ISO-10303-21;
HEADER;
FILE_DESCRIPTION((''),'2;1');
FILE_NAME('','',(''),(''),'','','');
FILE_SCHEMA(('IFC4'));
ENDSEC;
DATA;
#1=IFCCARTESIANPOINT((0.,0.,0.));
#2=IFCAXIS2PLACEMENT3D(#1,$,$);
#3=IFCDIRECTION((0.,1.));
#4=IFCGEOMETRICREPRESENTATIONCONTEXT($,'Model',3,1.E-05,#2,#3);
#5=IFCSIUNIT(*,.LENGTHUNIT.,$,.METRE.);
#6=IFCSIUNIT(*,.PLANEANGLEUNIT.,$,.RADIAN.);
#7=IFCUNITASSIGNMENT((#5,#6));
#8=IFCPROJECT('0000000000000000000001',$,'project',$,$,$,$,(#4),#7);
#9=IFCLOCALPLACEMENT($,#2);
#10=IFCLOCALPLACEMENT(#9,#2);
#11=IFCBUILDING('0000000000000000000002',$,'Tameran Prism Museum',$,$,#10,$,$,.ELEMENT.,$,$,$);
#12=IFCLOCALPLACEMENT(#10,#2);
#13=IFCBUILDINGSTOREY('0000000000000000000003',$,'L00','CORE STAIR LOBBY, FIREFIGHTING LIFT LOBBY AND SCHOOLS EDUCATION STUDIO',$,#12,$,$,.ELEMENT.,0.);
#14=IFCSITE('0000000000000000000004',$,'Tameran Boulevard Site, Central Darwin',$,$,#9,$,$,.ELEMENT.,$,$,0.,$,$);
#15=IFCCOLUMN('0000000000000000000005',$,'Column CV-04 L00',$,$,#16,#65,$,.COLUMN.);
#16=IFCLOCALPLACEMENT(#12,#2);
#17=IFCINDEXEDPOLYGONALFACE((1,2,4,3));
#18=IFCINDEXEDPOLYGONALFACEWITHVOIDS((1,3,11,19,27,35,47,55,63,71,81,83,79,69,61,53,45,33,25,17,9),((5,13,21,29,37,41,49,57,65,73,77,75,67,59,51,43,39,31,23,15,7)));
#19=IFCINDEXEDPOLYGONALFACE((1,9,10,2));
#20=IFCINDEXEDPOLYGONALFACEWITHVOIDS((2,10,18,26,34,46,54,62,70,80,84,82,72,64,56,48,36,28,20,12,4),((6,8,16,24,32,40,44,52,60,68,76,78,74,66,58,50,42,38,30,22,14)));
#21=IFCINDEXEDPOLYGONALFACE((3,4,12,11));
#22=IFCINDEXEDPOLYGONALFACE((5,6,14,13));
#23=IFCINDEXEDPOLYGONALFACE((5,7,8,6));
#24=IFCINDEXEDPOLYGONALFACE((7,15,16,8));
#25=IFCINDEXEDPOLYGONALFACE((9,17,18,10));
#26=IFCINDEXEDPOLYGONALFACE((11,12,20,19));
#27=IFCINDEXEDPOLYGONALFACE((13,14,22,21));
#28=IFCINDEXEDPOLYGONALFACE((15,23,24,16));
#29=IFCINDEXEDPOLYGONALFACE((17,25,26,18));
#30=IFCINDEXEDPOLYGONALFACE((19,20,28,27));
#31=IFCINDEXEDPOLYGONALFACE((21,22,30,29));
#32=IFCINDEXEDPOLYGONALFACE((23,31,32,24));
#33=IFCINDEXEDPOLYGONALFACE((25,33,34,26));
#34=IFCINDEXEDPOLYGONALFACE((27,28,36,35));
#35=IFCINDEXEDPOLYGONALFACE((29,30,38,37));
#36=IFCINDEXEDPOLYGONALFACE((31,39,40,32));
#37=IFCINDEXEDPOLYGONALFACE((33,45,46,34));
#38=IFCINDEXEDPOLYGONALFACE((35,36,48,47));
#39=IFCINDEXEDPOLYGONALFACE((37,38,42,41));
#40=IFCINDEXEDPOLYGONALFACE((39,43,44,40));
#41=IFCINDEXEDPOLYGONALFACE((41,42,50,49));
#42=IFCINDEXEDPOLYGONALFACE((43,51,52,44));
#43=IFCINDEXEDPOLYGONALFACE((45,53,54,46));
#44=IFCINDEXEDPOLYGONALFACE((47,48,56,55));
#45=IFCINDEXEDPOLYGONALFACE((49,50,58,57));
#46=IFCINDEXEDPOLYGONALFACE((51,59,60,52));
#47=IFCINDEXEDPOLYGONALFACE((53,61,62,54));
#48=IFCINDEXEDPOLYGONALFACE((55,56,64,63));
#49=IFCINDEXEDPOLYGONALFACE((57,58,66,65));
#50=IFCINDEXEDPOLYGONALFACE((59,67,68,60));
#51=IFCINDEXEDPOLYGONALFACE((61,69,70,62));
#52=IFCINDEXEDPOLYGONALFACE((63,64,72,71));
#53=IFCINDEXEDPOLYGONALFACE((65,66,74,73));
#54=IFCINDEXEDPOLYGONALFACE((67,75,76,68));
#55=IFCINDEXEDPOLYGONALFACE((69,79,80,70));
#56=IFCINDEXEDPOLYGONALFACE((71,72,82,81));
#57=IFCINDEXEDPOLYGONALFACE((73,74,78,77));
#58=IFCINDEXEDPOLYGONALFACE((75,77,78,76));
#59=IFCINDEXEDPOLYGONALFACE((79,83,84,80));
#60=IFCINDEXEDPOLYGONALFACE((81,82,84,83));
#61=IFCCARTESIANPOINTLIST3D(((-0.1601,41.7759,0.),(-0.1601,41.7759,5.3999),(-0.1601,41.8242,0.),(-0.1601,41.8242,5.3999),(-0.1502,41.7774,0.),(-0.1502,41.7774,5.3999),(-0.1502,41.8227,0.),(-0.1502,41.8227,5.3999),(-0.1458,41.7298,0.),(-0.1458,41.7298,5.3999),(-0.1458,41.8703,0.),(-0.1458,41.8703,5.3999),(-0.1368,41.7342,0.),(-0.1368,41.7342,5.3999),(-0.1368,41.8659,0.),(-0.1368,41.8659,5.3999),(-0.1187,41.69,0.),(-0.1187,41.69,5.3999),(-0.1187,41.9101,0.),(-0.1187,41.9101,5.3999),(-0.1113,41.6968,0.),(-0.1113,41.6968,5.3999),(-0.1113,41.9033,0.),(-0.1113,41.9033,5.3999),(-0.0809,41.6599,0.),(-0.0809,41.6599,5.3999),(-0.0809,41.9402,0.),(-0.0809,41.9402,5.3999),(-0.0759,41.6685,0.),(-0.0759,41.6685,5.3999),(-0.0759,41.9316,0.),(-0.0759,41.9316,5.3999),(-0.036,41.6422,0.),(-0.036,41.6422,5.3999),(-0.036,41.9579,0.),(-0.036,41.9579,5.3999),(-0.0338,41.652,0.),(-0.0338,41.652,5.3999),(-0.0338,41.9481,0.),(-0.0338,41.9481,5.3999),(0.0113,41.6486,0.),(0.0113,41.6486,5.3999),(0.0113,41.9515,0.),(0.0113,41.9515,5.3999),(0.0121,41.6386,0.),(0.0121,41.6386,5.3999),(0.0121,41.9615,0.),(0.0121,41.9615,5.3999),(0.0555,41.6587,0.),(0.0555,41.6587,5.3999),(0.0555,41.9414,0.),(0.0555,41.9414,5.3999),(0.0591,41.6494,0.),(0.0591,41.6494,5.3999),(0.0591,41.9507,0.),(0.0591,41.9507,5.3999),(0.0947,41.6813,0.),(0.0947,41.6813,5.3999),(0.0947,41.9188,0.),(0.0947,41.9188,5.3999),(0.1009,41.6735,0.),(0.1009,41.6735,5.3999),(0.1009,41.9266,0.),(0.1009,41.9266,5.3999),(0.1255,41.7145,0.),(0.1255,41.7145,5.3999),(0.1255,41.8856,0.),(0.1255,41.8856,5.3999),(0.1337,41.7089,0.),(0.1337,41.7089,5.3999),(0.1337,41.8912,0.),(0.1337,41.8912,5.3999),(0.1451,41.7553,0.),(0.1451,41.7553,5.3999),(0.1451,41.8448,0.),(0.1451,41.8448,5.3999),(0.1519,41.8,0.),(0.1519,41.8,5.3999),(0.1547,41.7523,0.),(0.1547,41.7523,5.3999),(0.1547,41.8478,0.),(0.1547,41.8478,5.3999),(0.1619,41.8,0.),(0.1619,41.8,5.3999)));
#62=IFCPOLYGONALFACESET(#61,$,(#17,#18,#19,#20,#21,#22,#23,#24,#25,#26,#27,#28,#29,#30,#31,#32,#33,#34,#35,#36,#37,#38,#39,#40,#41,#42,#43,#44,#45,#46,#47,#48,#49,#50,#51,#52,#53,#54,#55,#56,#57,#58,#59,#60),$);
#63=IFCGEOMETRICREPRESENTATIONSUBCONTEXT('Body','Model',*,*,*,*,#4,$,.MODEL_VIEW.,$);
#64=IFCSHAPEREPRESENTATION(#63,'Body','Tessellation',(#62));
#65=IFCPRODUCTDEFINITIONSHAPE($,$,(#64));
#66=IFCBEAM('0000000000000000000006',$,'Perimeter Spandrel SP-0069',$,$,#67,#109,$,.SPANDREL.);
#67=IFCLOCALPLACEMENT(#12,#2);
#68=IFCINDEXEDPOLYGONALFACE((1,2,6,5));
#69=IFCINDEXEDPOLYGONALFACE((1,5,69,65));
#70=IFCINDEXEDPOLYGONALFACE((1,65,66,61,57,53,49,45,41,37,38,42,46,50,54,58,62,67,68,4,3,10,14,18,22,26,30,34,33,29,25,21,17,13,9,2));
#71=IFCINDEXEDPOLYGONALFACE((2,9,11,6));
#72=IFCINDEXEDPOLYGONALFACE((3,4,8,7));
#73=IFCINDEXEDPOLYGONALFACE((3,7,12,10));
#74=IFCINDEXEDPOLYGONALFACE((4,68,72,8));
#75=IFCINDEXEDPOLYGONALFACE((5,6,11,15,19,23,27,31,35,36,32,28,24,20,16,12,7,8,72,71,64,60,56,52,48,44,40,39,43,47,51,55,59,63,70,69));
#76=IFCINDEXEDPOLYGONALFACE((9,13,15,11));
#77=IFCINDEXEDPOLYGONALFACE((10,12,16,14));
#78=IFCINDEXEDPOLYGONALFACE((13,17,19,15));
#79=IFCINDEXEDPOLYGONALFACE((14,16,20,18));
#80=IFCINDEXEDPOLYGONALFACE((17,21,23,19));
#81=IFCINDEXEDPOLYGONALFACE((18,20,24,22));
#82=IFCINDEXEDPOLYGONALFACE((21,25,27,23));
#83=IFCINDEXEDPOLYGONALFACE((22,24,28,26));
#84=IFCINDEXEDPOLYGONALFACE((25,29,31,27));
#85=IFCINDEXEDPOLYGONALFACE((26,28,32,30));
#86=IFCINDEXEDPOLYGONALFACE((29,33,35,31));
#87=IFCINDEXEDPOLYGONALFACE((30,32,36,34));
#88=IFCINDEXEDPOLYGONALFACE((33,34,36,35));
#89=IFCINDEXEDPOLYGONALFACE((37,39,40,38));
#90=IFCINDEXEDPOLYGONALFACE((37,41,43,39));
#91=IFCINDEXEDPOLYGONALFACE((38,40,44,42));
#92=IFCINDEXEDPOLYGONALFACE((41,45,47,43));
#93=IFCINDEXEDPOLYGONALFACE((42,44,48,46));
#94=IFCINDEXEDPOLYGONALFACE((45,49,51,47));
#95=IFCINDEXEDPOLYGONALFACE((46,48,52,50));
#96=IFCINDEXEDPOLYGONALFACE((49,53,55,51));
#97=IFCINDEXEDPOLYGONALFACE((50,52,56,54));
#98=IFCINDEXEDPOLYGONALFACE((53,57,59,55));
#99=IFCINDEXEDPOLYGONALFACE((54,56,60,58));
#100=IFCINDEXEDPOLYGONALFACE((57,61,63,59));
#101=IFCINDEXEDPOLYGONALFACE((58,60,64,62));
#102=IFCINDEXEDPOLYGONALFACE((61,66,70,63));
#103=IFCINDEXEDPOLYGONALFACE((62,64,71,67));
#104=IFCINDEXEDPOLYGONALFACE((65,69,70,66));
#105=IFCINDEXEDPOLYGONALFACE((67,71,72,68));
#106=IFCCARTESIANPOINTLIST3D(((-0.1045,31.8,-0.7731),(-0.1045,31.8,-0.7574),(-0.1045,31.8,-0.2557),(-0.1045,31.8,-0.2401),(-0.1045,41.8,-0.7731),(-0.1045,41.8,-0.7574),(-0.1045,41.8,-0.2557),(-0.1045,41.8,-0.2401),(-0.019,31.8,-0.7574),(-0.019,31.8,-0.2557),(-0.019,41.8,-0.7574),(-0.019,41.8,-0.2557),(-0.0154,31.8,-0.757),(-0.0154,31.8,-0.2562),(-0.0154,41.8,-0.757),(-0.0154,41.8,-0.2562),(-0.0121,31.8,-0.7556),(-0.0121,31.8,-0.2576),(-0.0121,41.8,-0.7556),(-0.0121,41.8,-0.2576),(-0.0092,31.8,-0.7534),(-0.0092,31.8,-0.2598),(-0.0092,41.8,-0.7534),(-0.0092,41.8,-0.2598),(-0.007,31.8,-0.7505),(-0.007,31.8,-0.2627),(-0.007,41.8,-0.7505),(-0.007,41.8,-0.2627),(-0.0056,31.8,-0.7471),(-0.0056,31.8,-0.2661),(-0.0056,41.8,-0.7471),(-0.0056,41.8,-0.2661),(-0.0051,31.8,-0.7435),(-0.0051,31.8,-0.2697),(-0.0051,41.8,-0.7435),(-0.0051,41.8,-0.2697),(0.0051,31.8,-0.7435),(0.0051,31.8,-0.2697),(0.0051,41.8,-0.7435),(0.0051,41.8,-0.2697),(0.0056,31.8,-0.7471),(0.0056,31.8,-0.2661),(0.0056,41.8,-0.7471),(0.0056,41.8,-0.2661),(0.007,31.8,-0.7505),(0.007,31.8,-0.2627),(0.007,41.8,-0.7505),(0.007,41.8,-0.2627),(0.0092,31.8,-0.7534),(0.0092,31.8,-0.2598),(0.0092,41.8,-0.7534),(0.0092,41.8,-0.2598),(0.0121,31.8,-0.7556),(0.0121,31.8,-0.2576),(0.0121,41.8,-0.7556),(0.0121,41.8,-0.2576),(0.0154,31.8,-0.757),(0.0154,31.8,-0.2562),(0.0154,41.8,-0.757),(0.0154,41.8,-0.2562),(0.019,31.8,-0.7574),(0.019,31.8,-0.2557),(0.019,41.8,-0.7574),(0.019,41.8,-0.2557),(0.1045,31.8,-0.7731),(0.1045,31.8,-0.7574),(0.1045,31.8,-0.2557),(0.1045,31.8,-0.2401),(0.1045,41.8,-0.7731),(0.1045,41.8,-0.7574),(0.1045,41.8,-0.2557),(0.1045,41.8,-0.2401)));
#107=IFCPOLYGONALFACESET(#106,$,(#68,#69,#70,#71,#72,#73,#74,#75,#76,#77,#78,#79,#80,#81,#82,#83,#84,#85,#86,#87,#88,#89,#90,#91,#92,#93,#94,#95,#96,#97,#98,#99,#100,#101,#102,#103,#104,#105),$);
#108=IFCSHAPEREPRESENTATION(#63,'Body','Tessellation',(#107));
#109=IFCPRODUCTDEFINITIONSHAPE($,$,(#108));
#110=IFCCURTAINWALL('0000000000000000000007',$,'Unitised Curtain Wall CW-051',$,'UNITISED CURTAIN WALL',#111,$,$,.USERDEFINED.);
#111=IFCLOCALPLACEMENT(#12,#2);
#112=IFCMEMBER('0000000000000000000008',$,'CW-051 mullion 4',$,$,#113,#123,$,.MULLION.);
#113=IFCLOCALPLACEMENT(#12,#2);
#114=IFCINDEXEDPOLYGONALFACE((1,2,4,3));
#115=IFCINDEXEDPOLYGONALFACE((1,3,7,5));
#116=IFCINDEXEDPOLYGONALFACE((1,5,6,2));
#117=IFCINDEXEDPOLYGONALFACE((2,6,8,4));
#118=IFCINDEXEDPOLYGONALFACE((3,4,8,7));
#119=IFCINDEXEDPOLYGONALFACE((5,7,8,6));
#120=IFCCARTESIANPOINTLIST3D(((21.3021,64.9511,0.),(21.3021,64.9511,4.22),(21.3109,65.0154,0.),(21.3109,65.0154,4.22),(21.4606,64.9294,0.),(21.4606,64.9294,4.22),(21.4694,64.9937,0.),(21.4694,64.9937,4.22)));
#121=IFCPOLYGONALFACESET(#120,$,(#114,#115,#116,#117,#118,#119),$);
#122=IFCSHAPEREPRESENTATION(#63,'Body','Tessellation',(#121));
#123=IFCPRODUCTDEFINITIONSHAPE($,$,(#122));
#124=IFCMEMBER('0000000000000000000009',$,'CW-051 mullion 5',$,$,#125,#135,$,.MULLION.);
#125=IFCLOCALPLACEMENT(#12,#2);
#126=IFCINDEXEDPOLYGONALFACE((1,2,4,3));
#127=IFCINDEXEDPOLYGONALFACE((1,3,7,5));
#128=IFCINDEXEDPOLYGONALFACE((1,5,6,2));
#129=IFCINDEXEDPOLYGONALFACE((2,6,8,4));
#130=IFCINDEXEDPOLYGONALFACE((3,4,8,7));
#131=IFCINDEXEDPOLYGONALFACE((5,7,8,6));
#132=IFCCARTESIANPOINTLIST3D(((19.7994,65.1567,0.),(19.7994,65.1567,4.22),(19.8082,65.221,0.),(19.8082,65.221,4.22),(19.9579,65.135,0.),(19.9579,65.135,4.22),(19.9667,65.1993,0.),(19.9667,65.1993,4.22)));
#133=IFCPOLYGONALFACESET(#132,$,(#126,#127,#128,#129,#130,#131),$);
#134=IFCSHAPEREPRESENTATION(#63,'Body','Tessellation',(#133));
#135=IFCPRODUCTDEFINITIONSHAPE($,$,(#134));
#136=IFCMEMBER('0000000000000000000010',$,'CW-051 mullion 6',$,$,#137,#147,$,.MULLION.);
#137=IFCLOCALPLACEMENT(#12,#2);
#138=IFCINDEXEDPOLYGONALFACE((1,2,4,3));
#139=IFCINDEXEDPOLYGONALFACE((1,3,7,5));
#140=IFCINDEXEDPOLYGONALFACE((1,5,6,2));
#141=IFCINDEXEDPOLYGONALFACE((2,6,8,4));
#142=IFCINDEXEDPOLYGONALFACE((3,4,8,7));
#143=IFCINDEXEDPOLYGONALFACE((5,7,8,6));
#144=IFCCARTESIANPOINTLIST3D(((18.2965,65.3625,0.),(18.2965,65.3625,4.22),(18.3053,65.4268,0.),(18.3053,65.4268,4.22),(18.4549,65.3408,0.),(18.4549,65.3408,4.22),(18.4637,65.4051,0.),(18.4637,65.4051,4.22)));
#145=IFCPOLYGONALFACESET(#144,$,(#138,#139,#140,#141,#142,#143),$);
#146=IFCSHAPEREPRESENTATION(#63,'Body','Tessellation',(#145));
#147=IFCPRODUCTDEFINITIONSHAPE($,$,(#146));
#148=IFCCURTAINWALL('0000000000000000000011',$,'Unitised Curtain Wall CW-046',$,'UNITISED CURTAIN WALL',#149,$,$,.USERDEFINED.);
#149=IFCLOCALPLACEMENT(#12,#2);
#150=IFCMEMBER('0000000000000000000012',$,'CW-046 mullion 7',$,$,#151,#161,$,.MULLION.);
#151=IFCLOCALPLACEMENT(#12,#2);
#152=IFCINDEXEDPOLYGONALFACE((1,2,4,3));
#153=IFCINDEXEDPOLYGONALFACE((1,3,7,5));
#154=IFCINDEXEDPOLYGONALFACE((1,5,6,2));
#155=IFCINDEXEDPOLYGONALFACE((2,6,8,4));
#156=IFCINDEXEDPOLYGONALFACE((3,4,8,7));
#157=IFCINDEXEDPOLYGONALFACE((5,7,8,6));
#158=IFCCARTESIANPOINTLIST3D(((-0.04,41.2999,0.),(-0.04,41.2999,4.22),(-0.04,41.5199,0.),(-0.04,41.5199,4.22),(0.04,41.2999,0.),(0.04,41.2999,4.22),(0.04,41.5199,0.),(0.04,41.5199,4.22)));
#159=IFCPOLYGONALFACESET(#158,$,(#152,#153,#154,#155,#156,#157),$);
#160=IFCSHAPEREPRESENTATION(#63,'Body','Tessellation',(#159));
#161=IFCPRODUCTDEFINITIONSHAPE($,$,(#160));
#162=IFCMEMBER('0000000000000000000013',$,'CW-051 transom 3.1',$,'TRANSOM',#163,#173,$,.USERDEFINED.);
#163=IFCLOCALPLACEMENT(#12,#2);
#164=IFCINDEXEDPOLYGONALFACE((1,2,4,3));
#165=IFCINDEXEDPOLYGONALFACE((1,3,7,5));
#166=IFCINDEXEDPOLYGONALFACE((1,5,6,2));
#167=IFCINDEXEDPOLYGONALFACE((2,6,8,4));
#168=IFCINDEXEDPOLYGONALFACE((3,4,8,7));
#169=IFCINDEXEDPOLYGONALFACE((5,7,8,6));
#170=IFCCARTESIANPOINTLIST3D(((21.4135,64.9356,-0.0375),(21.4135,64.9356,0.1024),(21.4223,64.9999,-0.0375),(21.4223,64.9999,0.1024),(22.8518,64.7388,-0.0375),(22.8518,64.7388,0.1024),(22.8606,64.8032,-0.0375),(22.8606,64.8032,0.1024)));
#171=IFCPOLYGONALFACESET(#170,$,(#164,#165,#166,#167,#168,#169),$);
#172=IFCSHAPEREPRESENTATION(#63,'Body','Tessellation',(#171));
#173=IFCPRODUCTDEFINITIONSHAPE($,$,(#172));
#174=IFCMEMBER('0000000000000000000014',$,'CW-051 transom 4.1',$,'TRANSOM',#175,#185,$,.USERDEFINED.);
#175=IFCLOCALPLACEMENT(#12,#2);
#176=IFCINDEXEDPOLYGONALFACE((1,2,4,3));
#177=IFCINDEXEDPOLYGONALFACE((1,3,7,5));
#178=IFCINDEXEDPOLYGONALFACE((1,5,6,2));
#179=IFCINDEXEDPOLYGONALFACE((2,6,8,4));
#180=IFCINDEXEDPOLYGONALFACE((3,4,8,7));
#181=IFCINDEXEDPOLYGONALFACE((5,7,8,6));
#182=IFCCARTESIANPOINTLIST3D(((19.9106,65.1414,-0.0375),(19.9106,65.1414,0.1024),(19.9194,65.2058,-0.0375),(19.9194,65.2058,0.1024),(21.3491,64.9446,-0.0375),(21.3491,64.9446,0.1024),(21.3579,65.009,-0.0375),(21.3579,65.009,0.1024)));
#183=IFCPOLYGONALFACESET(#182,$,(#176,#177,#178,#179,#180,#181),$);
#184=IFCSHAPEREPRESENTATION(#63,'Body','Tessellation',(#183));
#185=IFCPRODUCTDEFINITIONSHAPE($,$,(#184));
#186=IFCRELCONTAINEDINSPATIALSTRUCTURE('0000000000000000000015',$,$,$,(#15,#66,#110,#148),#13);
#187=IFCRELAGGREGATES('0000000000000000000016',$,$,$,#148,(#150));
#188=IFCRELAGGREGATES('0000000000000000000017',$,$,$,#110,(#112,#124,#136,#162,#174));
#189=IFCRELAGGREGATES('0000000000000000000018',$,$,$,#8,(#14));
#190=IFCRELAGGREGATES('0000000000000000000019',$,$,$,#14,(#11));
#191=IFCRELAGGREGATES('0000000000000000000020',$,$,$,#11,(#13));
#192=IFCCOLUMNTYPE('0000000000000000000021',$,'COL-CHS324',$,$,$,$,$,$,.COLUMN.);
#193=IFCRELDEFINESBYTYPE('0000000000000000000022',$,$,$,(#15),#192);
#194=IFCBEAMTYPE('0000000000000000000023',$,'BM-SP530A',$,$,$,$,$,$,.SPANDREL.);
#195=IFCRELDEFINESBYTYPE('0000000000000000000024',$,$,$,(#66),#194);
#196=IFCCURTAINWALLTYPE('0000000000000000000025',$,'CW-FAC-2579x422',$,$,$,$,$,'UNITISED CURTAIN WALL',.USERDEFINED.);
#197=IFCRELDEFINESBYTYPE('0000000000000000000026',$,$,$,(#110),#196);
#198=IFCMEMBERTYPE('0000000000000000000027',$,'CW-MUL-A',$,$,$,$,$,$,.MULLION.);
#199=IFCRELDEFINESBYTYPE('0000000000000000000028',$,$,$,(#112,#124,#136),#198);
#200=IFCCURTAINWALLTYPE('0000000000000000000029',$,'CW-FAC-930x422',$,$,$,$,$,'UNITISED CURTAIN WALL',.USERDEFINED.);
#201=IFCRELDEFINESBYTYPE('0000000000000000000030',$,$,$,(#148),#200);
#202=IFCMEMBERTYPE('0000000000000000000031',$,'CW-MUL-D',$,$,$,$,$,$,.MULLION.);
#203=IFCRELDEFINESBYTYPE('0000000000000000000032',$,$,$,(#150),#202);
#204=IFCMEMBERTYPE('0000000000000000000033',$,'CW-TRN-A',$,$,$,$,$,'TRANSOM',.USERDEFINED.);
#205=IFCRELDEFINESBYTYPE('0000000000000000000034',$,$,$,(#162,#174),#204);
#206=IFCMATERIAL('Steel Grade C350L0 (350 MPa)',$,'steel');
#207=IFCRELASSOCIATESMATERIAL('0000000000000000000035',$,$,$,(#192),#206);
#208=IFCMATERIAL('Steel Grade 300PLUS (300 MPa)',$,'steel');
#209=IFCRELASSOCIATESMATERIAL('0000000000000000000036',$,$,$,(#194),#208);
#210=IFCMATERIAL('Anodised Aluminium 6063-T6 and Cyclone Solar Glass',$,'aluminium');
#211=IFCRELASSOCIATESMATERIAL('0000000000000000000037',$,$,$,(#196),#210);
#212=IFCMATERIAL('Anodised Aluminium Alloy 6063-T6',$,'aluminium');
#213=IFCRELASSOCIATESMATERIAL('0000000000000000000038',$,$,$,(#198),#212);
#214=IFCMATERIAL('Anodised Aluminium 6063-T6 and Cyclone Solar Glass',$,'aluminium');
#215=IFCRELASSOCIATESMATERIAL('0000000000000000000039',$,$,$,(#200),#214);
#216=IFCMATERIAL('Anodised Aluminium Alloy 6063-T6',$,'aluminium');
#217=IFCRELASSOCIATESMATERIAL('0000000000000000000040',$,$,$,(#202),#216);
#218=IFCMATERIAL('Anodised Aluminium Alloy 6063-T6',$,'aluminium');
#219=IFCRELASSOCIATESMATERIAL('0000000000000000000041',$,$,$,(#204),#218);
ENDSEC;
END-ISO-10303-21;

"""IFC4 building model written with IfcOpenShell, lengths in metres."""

from ifc_helpers import new_model, si_unit, direction, frame, origin, origin_2d, place, context, subcontext, project, spatial, rectangle, hollow_circle, i_section, extrude, material, material_profile, profile_set, type_object, element, aggregate, save


model = new_model("IFC4")

# Units and contexts
model_context = context("Model", 3, precision=1e-05, world=origin(), true_north=direction((0.0, 1.0)))
body_context = subcontext(model_context, "Body", "Model", "MODEL_VIEW")
ifc_project = project(units=[si_unit("LENGTHUNIT", "METRE"), si_unit("PLANEANGLEUNIT", "RADIAN")], contexts=[model_context])

# Site, building, storey
site_placement = place(None, origin())
site = spatial("IfcSite", under=ifc_project, at=site_placement, Name="Tameran Boulevard Site, Central Darwin", CompositionType="ELEMENT", RefElevation=0.0)
building_placement = place(site_placement, origin())
building = spatial("IfcBuilding", under=site, at=building_placement, Name="Tameran Prism Museum", CompositionType="ELEMENT")
storey_placement = place(building_placement, origin())
storey = spatial("IfcBuildingStorey", under=building, at=storey_placement, Name="L00", Description="CORE STAIR LOBBY, FIREFIGHTING LIFT LOBBY AND SCHOOLS EDUCATION STUDIO", CompositionType="ELEMENT", Elevation=0.0)

# Column
ifc_material_1 = material(Name="Steel Grade C350L0 (350 MPa)", Category="steel")
ifc_material_profile_1 = material_profile(ifc_material_1, hollow_circle(Radius=0.1619, WallThickness=0.01, at=origin_2d()))
ifc_profile_set_1 = profile_set([ifc_material_profile_1])
column_type = type_object("IfcColumnType", Name="COL-CHS324", PredefinedType="COLUMN", material=ifc_profile_set_1)
column_placement = place(storey_placement, frame((0.0, 41.8, 0.0), z_axis=(0.0, 0.0, 1.0), x_axis=(1.0, 0.0, 0.0)))
element("IfcColumn", 1, at=column_placement, inside=storey, type_object=column_type, Name="Column CV-04 L00", PredefinedType="COLUMN", context=body_context, shape_type="SweptSolid", body=[
    extrude(hollow_circle(Radius=0.1619, WallThickness=0.01, at=origin_2d()), origin(), (0.0, 0.0, 1.0), 5.3999),
])

# Beam
ifc_material_2 = material(Name="Steel Grade 300PLUS (300 MPa)", Category="steel")
ifc_material_profile_2 = material_profile(ifc_material_2, i_section(OverallWidth=0.209, OverallDepth=0.533, WebThickness=0.0103, FlangeThickness=0.0156, FilletRadius=0.0139, at=origin_2d()))
ifc_profile_set_2 = profile_set([ifc_material_profile_2])
beam_type = type_object("IfcBeamType", Name="BM-SP530A", PredefinedType="SPANDREL", material=ifc_profile_set_2)
beam_placement = place(storey_placement, frame((0.0, 41.8, -0.5066), z_axis=(0.0, -1.0, 0.0), x_axis=(1.0, 0.0, 0.0)))
element("IfcBeam", 2, at=beam_placement, inside=storey, type_object=beam_type, Name="Perimeter Spandrel SP-0069", PredefinedType="SPANDREL", context=body_context, shape_type="SweptSolid", body=[
    extrude(i_section(OverallWidth=0.209, OverallDepth=0.533, WebThickness=0.0103, FlangeThickness=0.0156, FilletRadius=0.0139, at=origin_2d()), origin(), (0.0, 0.0, 1.0), 10.0),
])

# Curtain wall, members
ifc_material_3 = material(Name="Anodised Aluminium 6063-T6 and Cyclone Solar Glass", Category="aluminium")
curtain_wall_type_1 = type_object("IfcCurtainWallType", Name="CW-FAC-2579x422", ElementType="UNITISED CURTAIN WALL", PredefinedType="USERDEFINED", material=ifc_material_3)
curtain_wall_1_placement = place(storey_placement, origin())
curtain_wall_1 = element("IfcCurtainWall", 3, at=curtain_wall_1_placement, inside=storey, type_object=curtain_wall_type_1, Name="Unitised Curtain Wall CW-051", ObjectType="UNITISED CURTAIN WALL", PredefinedType="USERDEFINED")
ifc_material_4 = material(Name="Anodised Aluminium Alloy 6063-T6", Category="aluminium")
ifc_material_profile_3 = material_profile(ifc_material_4, rectangle(XDim=0.0649, YDim=0.1599, at=origin_2d()))
ifc_profile_set_3 = profile_set([ifc_material_profile_3])
member_type_1 = type_object("IfcMemberType", Name="CW-MUL-A", PredefinedType="MULLION", material=ifc_profile_set_3)
member_1_placement = place(storey_placement, frame((21.3857, 64.9724, 0.0), z_axis=(0.0, 0.0, 1.0), x_axis=(-0.135658, -0.990756, 0.0)))
member_1 = element("IfcMember", 4, at=member_1_placement, type_object=member_type_1, Name="CW-051 mullion 4", PredefinedType="MULLION", context=body_context, shape_type="SweptSolid", body=[
    extrude(rectangle(XDim=0.0649, YDim=0.1599, at=origin_2d()), origin(), (0.0, 0.0, 1.0), 4.22),
])
member_2_placement = place(storey_placement, frame((19.8831, 65.178, 0.0), z_axis=(0.0, 0.0, 1.0), x_axis=(-0.135658, -0.990756, 0.0)))
member_2 = element("IfcMember", 5, at=member_2_placement, type_object=member_type_1, Name="CW-051 mullion 5", PredefinedType="MULLION", context=body_context, shape_type="SweptSolid", body=[
    extrude(rectangle(XDim=0.0649, YDim=0.1599, at=origin_2d()), origin(), (0.0, 0.0, 1.0), 4.22),
])
member_3_placement = place(storey_placement, frame((18.3801, 65.3838, 0.0), z_axis=(0.0, 0.0, 1.0), x_axis=(-0.135658, -0.990756, 0.0)))
member_3 = element("IfcMember", 6, at=member_3_placement, type_object=member_type_1, Name="CW-051 mullion 6", PredefinedType="MULLION", context=body_context, shape_type="SweptSolid", body=[
    extrude(rectangle(XDim=0.0649, YDim=0.1599, at=origin_2d()), origin(), (0.0, 0.0, 1.0), 4.22),
])

# Curtain wall, member
ifc_material_5 = material(Name="Anodised Aluminium 6063-T6 and Cyclone Solar Glass", Category="aluminium")
curtain_wall_type_2 = type_object("IfcCurtainWallType", Name="CW-FAC-930x422", ElementType="UNITISED CURTAIN WALL", PredefinedType="USERDEFINED", material=ifc_material_5)
curtain_wall_2_placement = place(storey_placement, origin())
curtain_wall_2 = element("IfcCurtainWall", 7, at=curtain_wall_2_placement, inside=storey, type_object=curtain_wall_type_2, Name="Unitised Curtain Wall CW-046", ObjectType="UNITISED CURTAIN WALL", PredefinedType="USERDEFINED")
ifc_material_6 = material(Name="Anodised Aluminium Alloy 6063-T6", Category="aluminium")
ifc_material_profile_4 = material_profile(ifc_material_6, rectangle(XDim=0.0801, YDim=0.22, at=origin_2d()))
ifc_profile_set_4 = profile_set([ifc_material_profile_4])
member_type_2 = type_object("IfcMemberType", Name="CW-MUL-D", PredefinedType="MULLION", material=ifc_profile_set_4)
member_4_placement = place(storey_placement, frame((0.0, 41.4099, 0.0), z_axis=(0.0, 0.0, 1.0), x_axis=(-1.0, 0.0, 0.0)))
member_4 = element("IfcMember", 8, at=member_4_placement, type_object=member_type_2, Name="CW-046 mullion 7", PredefinedType="MULLION", context=body_context, shape_type="SweptSolid", body=[
    extrude(rectangle(XDim=0.0801, YDim=0.22, at=origin_2d()), origin(), (0.0, 0.0, 1.0), 4.22),
])
aggregate(curtain_wall_2, [member_4])

# Members
ifc_material_7 = material(Name="Anodised Aluminium Alloy 6063-T6", Category="aluminium")
ifc_material_profile_5 = material_profile(ifc_material_7, rectangle(XDim=0.0649, YDim=0.1399, at=origin_2d()))
ifc_profile_set_5 = profile_set([ifc_material_profile_5])
member_type_3 = type_object("IfcMemberType", Name="CW-TRN-A", ElementType="TRANSOM", PredefinedType="USERDEFINED", material=ifc_profile_set_5)
member_5_placement = place(storey_placement, frame((22.8562, 64.771, 0.0325), z_axis=(-0.99077, 0.135556, 0.0), x_axis=(-0.135556, -0.99077, 0.0)))
member_5 = element("IfcMember", 9, at=member_5_placement, type_object=member_type_3, Name="CW-051 transom 3.1", ObjectType="TRANSOM", PredefinedType="USERDEFINED", context=body_context, shape_type="SweptSolid", body=[
    extrude(rectangle(XDim=0.0649, YDim=0.1399, at=origin_2d()), origin(), (0.0, 0.0, 1.0), 1.4517),
])
member_6_placement = place(storey_placement, frame((21.3535, 64.9768, 0.0325), z_axis=(-0.990773, 0.135533, 0.0), x_axis=(-0.135533, -0.990773, 0.0)))
member_6 = element("IfcMember", 10, at=member_6_placement, type_object=member_type_3, Name="CW-051 transom 4.1", ObjectType="TRANSOM", PredefinedType="USERDEFINED", context=body_context, shape_type="SweptSolid", body=[
    extrude(rectangle(XDim=0.0649, YDim=0.1399, at=origin_2d()), origin(), (0.0, 0.0, 1.0), 1.4519),
])

aggregate(curtain_wall_1, [member_1, member_2, member_3, member_5, member_6])

save(model, "model.ifc")
